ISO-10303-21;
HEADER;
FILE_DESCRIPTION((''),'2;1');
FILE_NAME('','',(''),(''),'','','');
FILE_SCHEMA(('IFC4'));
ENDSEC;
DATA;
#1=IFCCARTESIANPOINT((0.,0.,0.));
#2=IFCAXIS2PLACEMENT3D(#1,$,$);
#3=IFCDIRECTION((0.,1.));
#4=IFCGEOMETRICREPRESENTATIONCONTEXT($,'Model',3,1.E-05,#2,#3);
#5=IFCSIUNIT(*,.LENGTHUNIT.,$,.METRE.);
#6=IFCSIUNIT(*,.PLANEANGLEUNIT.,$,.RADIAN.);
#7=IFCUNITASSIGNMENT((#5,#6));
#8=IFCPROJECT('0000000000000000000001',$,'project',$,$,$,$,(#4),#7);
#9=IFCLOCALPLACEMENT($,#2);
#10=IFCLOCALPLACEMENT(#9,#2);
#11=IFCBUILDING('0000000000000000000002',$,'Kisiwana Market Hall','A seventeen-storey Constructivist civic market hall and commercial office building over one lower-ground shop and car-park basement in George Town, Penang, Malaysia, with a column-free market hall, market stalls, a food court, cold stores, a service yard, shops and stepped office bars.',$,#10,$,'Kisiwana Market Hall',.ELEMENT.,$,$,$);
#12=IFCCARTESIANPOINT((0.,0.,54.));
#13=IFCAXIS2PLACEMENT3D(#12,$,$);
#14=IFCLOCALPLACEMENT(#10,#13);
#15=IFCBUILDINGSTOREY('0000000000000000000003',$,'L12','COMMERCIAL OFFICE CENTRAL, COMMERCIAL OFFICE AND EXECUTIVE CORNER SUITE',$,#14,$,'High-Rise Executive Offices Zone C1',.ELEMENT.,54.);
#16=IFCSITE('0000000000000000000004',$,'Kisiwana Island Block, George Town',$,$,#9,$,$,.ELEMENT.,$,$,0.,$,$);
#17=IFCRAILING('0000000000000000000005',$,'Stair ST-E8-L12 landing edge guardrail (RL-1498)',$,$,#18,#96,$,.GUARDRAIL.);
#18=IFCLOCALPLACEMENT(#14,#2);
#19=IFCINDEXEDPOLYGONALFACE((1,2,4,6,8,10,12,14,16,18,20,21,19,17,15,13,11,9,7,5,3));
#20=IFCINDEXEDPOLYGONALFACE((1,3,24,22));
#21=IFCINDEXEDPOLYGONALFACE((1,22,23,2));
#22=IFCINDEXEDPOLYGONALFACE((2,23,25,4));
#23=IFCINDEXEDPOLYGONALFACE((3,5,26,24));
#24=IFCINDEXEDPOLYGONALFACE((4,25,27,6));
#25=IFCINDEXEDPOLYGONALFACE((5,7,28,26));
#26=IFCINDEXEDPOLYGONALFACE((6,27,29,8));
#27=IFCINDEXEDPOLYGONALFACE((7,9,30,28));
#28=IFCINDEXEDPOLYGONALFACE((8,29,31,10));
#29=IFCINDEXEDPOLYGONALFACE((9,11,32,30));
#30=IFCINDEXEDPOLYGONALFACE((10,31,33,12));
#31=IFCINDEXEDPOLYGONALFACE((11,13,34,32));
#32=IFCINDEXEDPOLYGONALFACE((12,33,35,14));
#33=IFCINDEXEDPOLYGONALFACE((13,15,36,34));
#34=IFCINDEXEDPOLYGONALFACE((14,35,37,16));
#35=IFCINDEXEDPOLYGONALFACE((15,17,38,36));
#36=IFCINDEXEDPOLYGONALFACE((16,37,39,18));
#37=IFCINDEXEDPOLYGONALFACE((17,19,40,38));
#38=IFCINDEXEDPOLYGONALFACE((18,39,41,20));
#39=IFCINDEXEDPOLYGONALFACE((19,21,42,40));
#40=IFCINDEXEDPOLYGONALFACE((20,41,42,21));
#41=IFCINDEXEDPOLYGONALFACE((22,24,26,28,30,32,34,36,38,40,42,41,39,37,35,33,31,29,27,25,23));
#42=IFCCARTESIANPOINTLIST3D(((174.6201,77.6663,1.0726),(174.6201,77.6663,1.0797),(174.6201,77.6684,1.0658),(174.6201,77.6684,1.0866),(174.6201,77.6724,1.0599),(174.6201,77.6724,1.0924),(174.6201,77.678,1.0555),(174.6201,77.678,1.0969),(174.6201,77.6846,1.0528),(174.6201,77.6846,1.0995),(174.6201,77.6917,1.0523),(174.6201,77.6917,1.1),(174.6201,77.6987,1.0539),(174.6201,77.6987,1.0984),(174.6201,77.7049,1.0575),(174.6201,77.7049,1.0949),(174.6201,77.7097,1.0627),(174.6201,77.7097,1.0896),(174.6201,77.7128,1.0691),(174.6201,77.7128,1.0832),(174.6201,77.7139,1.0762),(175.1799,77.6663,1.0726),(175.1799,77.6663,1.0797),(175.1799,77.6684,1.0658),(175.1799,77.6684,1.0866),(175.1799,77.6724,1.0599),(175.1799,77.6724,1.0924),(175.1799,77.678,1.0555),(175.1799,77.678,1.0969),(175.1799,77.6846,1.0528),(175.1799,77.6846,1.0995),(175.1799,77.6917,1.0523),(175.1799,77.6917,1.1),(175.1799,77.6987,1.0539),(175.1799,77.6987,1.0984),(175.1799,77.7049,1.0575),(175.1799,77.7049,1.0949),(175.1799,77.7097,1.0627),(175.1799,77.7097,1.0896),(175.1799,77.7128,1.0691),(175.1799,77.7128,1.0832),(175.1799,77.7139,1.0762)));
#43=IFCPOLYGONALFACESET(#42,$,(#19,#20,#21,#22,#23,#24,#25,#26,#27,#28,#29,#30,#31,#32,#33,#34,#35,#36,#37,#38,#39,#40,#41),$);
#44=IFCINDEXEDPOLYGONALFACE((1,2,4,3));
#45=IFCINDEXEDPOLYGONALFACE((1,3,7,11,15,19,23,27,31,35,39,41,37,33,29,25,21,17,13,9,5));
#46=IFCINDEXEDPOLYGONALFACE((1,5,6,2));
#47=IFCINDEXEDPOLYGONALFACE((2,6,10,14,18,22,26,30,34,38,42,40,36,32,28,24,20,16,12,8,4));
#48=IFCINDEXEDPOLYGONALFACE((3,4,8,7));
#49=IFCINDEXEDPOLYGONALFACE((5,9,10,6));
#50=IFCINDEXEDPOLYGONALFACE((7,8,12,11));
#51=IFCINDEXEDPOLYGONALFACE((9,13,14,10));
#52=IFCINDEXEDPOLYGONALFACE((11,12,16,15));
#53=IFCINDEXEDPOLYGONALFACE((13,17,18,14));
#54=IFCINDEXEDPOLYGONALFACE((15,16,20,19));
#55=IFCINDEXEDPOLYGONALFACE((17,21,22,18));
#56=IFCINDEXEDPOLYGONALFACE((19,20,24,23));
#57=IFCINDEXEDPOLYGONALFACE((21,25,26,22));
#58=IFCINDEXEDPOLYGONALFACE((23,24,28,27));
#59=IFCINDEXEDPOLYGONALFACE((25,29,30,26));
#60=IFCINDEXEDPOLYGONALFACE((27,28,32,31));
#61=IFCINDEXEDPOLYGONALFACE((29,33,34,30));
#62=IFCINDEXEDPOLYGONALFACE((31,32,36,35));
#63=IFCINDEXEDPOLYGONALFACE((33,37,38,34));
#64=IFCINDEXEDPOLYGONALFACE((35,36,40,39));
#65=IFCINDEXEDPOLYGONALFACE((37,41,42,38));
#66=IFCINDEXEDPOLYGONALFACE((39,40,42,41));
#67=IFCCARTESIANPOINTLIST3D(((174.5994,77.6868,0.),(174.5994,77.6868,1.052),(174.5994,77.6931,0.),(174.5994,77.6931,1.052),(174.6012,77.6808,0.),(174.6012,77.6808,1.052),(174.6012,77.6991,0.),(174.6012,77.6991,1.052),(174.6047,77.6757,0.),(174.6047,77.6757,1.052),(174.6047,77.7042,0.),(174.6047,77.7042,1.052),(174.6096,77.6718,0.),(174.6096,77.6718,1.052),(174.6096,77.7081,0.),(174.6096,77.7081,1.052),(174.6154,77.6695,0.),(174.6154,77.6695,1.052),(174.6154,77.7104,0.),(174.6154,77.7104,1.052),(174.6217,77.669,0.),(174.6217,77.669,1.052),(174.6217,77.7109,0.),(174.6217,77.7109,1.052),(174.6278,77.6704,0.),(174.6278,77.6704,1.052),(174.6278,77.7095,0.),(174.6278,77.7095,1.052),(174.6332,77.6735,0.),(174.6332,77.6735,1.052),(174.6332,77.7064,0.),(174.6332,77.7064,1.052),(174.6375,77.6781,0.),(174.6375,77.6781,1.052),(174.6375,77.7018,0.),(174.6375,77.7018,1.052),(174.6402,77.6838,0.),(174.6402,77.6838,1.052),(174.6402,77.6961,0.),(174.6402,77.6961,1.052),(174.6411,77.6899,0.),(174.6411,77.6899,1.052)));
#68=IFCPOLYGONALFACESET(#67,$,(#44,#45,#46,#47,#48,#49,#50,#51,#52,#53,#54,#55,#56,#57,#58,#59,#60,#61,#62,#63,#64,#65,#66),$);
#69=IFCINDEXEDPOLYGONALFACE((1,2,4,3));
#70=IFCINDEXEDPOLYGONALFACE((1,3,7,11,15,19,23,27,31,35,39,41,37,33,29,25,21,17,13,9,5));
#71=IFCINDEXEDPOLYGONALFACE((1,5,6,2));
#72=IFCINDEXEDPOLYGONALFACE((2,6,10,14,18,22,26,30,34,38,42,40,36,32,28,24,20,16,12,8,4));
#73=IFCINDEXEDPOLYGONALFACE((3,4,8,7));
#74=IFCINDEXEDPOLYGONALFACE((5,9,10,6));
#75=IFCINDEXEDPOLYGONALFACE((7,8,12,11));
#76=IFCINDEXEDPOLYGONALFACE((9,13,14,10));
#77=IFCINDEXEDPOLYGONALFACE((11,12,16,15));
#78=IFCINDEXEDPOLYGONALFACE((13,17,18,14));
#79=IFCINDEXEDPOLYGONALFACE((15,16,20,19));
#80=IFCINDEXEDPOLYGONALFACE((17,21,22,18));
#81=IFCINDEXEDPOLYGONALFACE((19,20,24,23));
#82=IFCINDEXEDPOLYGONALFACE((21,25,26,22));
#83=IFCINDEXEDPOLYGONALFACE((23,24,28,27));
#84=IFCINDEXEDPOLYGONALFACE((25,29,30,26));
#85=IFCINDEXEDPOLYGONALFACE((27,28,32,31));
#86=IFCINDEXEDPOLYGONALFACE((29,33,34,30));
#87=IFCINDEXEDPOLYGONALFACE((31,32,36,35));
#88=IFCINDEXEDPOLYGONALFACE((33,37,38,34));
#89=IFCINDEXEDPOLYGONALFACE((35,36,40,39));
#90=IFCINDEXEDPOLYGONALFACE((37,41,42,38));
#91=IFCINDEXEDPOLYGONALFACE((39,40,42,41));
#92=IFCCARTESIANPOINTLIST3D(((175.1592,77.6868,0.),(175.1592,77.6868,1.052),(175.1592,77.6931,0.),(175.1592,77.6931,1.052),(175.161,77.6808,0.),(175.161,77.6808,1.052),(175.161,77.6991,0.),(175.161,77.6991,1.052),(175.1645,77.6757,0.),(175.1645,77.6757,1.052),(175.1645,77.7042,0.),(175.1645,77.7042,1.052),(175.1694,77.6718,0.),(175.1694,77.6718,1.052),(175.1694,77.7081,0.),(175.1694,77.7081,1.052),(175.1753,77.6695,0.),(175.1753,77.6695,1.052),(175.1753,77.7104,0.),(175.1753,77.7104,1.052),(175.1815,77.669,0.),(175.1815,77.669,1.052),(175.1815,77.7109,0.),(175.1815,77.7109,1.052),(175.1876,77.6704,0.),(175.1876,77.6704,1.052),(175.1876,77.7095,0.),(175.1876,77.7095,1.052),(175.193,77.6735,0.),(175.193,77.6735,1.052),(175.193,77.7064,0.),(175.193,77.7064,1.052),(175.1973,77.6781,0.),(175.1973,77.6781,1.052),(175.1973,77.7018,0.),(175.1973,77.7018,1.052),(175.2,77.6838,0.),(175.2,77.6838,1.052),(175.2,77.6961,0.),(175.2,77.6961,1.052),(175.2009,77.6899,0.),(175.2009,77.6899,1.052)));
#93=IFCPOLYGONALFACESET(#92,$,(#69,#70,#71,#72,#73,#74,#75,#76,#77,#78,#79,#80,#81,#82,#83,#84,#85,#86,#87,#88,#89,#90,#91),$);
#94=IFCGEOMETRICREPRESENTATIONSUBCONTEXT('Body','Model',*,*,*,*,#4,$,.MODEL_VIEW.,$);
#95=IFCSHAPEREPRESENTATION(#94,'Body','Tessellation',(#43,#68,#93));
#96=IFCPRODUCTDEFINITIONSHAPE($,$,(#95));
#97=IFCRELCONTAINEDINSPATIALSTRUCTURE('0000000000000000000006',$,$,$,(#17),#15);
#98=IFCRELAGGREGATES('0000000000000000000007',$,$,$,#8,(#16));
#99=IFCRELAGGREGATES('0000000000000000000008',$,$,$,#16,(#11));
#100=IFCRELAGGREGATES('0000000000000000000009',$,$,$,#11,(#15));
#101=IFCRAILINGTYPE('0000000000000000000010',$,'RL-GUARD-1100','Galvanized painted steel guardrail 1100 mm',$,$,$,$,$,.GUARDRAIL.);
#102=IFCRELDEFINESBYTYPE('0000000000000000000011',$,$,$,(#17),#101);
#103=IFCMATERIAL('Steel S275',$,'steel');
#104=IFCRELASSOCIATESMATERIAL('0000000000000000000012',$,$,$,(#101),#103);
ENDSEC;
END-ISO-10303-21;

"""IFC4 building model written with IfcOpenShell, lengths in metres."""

from ifc_helpers import new_model, si_unit, direction, frame, origin, origin_2d, place, context, subcontext, project, spatial, circle, extrude, material, type_object, element, save


model = new_model("IFC4")

# Units and contexts
model_context = context("Model", 3, precision=1e-05, world=origin(), true_north=direction((0.0, 1.0)))
body_context = subcontext(model_context, "Body", "Model", "MODEL_VIEW")
ifc_project = project(units=[si_unit("LENGTHUNIT", "METRE"), si_unit("PLANEANGLEUNIT", "RADIAN")], contexts=[model_context])

# Site, building, storey
site_placement = place(None, origin())
site = spatial("IfcSite", under=ifc_project, at=site_placement, Name="Kisiwana Island Block, George Town", CompositionType="ELEMENT", RefElevation=0.0)
building_placement = place(site_placement, origin())
building = spatial("IfcBuilding", under=site, at=building_placement, Name="Kisiwana Market Hall", Description="A seventeen-storey Constructivist civic market hall and commercial office building over one lower-ground shop and car-park basement in George Town, Penang, Malaysia, with a column-free market hall, market stalls, a food court, cold stores, a service yard, shops and stepped office bars.", LongName="Kisiwana Market Hall", CompositionType="ELEMENT")
storey_placement = place(building_placement, frame((0.0, 0.0, 54.0)))
storey = spatial("IfcBuildingStorey", under=building, at=storey_placement, Name="L12", Description="COMMERCIAL OFFICE CENTRAL, COMMERCIAL OFFICE AND EXECUTIVE CORNER SUITE", LongName="High-Rise Executive Offices Zone C1", CompositionType="ELEMENT", Elevation=54.0)

# Railing
ifc_material_1 = material(Name="Steel S275", Category="steel")
railing_type_1 = type_object("IfcRailingType", Name="RL-GUARD-1100", Description="Galvanized painted steel guardrail 1100 mm", PredefinedType="GUARDRAIL", material=ifc_material_1)
railing_1_placement = place(storey_placement, frame((174.6201, 77.6899, 0.0)))
element("IfcRailing", 1, at=railing_1_placement, inside=storey, type_object=railing_type_1, Name="Stair ST-E8-L12 landing edge guardrail (RL-1498)", PredefinedType="GUARDRAIL", context=body_context, shape_type="SweptSolid", body=[
    extrude(circle(Radius=0.0239, at=origin_2d()), frame((0.0, 0.0, 1.0762), z_axis=(1.0, 0.0, 0.0), x_axis=(0.0, 1.0, 0.0)), (0.0, 0.0, 1.0), 0.5598),
    extrude(circle(Radius=0.021, at=origin_2d()), origin(), (0.0, 0.0, 1.0), 1.052),
    extrude(circle(Radius=0.021, at=origin_2d()), frame((0.5598, 0.0, 0.0)), (0.0, 0.0, 1.0), 1.052),
])

save(model, "model.ifc")
